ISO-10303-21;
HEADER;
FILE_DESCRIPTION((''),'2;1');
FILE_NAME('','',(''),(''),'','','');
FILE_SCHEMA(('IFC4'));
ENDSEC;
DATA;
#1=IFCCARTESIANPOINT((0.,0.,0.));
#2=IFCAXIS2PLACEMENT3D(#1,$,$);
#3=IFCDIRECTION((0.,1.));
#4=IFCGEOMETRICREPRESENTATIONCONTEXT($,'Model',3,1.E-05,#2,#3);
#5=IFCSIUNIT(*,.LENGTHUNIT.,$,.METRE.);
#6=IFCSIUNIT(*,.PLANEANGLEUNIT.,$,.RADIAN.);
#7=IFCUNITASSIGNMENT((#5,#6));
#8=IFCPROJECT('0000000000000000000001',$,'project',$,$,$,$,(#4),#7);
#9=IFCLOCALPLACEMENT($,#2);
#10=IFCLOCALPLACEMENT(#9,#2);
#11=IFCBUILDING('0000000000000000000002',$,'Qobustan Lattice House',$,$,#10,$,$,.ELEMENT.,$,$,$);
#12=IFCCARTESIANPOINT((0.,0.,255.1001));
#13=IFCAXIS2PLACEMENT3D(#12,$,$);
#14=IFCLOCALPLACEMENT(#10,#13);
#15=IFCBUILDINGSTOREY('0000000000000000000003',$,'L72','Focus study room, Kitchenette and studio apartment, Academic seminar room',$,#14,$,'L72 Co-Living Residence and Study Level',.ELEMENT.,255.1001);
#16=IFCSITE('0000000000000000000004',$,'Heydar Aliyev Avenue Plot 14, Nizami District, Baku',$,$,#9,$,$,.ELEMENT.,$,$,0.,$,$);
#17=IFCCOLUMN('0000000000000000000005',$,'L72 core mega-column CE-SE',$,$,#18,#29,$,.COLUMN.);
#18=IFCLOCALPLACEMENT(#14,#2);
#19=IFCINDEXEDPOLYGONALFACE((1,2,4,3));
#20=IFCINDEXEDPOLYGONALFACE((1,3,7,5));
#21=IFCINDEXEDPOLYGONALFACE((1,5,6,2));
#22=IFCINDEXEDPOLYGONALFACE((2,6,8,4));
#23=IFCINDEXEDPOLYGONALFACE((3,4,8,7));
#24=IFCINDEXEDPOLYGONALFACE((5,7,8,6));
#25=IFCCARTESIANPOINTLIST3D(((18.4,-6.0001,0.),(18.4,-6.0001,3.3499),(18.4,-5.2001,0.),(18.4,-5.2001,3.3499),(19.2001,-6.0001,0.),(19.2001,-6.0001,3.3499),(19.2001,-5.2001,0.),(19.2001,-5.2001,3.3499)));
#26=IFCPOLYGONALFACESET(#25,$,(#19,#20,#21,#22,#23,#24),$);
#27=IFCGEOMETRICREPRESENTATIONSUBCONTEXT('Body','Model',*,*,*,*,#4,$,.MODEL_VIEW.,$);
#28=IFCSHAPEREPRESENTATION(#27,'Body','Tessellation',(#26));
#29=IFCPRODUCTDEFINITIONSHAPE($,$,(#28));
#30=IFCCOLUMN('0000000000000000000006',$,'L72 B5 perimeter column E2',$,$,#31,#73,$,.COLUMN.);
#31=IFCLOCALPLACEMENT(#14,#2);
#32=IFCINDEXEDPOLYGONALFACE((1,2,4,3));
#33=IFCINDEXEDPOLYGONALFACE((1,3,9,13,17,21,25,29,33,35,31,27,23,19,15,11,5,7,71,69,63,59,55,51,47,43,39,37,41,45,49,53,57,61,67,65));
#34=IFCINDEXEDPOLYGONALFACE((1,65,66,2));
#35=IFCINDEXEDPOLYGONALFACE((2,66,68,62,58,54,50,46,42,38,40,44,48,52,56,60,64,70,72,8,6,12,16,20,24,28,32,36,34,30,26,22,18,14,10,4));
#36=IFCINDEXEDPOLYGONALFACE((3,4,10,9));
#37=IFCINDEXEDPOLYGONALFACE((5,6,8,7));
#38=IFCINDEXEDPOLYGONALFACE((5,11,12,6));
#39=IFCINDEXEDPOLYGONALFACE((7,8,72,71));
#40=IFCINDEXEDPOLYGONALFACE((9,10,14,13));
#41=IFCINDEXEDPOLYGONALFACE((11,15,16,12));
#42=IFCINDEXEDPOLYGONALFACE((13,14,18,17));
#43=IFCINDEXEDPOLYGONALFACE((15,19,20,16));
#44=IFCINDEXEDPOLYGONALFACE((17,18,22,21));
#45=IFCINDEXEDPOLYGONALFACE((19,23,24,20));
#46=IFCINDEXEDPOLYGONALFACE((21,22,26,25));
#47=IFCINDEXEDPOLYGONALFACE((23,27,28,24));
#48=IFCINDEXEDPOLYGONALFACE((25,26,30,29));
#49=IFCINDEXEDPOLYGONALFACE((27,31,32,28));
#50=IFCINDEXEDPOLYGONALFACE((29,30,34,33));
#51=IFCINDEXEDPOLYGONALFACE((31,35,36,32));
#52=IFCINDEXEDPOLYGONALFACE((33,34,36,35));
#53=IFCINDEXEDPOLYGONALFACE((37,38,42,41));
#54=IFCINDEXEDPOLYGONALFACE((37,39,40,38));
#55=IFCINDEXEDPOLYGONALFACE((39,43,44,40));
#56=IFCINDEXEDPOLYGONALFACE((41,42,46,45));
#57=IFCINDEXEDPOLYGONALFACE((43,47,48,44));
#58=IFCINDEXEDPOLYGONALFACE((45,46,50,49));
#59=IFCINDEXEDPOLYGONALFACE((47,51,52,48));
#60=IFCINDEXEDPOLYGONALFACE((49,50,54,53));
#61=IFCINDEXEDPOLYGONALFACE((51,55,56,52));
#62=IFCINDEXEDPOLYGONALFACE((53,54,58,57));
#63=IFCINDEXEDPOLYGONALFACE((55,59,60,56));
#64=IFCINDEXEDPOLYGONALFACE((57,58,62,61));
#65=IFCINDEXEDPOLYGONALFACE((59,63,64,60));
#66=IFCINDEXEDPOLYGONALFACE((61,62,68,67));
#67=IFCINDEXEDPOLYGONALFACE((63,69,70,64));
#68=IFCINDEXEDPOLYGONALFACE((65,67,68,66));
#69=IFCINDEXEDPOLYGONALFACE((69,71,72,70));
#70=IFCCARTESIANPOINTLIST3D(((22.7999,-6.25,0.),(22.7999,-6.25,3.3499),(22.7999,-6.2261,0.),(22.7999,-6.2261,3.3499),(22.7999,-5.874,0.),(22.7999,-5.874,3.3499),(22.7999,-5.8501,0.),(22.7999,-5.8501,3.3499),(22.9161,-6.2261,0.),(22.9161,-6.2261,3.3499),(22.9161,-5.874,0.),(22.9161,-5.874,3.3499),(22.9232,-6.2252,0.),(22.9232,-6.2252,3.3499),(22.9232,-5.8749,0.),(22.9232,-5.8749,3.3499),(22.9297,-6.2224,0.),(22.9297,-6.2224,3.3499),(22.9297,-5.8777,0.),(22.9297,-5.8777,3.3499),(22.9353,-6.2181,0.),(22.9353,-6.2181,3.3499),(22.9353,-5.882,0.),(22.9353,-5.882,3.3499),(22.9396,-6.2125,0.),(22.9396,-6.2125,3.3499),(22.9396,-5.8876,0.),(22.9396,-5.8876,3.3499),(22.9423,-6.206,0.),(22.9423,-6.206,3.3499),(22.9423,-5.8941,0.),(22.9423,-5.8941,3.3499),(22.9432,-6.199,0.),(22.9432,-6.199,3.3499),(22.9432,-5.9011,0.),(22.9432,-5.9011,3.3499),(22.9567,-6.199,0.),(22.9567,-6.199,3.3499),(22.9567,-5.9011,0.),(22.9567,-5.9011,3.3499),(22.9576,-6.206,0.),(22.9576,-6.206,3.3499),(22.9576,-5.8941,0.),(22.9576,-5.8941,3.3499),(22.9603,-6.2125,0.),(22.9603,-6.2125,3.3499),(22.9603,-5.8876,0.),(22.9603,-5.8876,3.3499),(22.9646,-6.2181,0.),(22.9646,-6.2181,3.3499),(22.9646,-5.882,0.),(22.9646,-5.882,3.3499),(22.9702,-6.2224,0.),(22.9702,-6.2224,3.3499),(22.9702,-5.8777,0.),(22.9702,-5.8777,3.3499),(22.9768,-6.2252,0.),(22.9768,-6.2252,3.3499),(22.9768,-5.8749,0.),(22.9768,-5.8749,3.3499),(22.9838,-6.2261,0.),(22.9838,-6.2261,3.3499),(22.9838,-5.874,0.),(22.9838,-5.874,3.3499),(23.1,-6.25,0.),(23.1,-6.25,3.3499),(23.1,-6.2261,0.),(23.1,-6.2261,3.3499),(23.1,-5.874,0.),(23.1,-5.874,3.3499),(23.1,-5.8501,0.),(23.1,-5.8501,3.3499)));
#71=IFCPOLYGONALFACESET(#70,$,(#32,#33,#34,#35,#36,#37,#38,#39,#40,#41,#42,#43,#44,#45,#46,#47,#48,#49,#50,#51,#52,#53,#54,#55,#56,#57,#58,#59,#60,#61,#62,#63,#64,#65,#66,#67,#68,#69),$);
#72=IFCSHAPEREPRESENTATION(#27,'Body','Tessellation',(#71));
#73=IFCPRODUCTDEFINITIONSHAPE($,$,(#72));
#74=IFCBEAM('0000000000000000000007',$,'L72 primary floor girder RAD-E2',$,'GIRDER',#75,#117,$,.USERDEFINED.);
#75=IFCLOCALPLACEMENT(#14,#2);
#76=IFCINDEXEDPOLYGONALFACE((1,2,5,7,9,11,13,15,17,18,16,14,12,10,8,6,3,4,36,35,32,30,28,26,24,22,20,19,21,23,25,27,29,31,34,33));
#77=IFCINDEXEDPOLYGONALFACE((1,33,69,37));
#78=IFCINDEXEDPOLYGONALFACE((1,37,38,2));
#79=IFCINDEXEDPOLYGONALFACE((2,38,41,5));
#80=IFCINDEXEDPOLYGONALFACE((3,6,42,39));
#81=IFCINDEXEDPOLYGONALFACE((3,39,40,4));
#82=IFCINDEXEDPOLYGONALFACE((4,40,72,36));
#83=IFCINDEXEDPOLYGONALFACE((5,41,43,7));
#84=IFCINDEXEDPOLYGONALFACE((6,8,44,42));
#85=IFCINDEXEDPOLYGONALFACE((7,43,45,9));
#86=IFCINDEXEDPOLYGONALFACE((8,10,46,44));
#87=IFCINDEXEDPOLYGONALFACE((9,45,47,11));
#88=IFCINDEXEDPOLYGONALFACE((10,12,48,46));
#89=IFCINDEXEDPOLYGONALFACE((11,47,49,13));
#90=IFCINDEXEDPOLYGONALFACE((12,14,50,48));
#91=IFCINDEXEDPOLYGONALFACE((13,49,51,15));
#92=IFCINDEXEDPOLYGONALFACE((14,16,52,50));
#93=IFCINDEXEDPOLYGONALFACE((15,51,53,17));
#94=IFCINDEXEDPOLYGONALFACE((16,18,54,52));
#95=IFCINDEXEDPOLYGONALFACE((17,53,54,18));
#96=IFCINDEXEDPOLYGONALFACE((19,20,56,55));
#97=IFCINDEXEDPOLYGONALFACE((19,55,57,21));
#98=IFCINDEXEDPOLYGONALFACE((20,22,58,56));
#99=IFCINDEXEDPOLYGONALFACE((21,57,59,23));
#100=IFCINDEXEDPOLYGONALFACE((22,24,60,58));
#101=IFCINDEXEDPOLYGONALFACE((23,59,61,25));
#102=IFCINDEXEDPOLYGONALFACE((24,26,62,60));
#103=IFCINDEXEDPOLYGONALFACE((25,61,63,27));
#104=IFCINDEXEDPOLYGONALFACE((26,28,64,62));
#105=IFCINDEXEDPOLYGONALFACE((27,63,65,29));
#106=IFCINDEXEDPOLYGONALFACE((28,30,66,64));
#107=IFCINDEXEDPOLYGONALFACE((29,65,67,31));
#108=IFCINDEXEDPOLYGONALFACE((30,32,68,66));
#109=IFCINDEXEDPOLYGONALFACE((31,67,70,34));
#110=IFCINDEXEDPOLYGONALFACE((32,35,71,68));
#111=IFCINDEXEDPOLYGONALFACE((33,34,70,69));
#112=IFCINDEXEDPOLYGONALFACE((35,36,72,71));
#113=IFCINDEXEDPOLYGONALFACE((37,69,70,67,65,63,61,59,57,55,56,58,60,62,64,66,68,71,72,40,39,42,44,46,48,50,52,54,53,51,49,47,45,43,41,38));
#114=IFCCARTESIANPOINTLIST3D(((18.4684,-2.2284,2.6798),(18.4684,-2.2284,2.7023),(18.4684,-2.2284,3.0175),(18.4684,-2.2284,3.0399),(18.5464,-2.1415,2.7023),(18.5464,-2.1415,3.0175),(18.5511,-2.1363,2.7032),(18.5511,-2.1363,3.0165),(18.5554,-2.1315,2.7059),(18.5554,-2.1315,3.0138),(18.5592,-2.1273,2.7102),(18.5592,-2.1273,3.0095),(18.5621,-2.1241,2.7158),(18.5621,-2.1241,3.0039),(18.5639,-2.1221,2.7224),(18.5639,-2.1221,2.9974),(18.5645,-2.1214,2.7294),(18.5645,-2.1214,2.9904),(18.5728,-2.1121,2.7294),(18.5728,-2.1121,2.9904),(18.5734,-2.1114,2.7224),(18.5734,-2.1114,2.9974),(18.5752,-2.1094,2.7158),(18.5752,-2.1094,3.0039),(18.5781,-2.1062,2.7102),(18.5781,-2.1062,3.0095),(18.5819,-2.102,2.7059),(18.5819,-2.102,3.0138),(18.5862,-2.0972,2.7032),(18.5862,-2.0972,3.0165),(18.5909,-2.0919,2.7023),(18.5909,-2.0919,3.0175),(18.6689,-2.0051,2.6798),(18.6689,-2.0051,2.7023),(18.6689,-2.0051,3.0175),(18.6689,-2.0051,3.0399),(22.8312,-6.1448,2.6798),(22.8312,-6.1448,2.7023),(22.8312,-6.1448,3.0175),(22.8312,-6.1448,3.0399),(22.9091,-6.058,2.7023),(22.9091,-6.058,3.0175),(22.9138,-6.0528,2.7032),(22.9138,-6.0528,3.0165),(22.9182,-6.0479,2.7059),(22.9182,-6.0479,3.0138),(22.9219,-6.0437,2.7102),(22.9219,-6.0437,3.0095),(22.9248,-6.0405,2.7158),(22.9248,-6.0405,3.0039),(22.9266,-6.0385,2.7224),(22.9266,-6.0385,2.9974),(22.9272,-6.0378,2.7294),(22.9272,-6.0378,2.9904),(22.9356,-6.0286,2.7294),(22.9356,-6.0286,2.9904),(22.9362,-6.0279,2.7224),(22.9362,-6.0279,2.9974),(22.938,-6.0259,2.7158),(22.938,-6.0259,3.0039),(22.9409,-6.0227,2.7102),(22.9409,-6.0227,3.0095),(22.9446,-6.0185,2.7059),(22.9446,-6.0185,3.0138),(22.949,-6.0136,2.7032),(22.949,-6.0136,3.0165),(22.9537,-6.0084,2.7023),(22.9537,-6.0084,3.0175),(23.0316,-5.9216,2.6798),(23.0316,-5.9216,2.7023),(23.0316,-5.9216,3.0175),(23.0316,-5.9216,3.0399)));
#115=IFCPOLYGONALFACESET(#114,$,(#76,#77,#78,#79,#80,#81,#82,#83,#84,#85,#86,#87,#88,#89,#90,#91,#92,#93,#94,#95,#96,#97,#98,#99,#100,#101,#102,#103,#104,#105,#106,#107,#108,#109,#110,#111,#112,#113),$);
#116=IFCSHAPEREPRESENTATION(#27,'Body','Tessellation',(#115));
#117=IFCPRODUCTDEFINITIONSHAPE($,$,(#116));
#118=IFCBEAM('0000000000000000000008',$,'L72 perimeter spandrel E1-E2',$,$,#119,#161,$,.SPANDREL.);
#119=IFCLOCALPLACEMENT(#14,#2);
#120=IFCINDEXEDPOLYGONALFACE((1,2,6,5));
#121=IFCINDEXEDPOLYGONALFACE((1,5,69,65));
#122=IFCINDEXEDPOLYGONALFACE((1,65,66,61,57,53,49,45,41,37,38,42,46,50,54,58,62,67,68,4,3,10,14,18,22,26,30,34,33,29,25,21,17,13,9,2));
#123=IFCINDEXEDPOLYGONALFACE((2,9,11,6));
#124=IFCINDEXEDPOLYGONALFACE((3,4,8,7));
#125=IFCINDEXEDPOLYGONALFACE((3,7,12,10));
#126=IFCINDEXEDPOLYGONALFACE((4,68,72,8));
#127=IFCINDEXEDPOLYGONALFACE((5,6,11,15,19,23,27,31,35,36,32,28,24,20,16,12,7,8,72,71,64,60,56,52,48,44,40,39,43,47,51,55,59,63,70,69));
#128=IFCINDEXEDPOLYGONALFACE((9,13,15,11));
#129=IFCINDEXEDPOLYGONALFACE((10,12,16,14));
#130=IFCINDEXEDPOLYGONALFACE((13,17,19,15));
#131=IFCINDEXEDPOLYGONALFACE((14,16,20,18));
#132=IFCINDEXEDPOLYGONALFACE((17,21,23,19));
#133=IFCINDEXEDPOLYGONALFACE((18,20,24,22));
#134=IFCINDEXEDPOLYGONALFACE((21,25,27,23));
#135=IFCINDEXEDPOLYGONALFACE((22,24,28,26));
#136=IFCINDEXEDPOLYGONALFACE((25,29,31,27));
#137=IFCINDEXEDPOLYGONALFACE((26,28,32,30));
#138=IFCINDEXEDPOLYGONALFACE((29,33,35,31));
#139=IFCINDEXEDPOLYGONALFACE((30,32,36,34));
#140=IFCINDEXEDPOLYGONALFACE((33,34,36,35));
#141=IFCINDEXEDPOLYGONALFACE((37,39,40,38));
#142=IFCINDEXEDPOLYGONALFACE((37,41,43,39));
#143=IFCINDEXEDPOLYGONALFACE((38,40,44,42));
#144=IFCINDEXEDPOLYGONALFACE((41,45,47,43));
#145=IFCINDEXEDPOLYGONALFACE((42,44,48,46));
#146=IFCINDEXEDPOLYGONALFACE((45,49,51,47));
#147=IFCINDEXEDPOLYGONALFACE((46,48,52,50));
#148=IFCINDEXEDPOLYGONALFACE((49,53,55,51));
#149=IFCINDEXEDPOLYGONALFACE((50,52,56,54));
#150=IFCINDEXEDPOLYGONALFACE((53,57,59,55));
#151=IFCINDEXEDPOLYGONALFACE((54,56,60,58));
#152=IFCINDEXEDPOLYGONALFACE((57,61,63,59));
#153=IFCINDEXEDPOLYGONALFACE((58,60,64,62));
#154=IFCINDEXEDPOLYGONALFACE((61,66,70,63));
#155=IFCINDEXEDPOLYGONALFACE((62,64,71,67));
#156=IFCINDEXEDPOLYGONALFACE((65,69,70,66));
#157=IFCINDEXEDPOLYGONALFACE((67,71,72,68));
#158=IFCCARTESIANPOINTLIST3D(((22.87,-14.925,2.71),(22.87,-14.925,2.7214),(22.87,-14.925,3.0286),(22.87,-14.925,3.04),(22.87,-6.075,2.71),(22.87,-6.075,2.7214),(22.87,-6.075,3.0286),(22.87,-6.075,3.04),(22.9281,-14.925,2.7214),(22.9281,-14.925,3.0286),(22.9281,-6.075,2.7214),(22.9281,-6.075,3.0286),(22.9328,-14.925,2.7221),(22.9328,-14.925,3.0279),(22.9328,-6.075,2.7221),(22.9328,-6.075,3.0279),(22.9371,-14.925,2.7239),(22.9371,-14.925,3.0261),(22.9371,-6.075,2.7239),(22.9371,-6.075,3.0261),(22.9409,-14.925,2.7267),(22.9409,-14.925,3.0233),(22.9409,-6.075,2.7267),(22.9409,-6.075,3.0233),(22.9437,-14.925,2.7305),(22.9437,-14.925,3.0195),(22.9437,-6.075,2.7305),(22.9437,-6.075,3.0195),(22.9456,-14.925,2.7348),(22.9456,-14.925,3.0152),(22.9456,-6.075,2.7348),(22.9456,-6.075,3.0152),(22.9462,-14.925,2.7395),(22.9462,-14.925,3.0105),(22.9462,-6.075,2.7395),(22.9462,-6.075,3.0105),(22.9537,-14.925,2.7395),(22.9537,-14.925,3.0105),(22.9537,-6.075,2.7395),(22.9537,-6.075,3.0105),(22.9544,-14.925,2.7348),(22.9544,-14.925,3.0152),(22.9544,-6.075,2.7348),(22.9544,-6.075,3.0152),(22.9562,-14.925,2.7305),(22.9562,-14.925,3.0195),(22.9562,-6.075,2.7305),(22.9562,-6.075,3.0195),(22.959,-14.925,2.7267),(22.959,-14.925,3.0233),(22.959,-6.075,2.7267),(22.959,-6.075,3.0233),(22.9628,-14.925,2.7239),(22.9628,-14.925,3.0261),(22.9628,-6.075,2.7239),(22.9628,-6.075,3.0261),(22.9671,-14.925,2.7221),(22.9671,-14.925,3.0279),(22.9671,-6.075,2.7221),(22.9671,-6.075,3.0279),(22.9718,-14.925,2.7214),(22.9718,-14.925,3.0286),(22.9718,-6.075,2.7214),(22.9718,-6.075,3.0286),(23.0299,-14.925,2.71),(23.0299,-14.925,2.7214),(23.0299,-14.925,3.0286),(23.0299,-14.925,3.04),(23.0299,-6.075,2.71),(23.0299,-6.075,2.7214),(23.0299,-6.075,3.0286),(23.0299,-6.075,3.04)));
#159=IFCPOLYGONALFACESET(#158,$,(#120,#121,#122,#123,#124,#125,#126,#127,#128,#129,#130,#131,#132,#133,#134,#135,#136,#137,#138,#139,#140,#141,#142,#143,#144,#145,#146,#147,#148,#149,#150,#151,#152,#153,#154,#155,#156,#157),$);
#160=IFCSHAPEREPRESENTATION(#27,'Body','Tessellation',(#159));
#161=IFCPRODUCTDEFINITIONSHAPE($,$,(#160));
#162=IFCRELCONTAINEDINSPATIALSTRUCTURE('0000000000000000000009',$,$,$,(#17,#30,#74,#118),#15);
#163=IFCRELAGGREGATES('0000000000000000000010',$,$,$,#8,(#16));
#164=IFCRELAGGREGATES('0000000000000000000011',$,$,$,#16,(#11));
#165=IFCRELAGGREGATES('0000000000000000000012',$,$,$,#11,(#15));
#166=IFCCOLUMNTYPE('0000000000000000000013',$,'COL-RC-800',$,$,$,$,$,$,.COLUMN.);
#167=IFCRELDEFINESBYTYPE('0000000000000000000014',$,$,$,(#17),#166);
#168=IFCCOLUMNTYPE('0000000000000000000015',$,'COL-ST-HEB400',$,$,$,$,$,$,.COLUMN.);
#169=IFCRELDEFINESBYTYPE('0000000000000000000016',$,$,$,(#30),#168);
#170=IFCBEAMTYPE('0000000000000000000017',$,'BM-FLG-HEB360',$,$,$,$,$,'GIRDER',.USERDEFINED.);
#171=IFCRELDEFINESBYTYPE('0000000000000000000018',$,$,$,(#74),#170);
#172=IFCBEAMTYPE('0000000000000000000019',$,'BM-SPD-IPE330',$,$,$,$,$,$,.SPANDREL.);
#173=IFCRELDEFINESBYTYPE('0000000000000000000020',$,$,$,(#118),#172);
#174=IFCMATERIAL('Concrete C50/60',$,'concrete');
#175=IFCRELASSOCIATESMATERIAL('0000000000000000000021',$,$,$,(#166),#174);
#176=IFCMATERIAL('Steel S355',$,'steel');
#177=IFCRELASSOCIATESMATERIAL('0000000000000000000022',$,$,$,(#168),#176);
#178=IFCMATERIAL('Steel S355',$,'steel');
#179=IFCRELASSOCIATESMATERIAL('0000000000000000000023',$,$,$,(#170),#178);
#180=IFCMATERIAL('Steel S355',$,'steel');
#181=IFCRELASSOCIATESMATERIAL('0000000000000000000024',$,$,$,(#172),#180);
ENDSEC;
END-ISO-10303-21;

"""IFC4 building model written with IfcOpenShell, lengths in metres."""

from ifc_helpers import new_model, si_unit, direction, frame, origin, origin_2d, place, context, subcontext, project, spatial, rectangle, i_section, extrude, material, material_profile, profile_set, type_object, element, save


model = new_model("IFC4")

# Units and contexts
model_context = context("Model", 3, precision=1e-05, world=origin(), true_north=direction((0.0, 1.0)))
body_context = subcontext(model_context, "Body", "Model", "MODEL_VIEW")
ifc_project = project(units=[si_unit("LENGTHUNIT", "METRE"), si_unit("PLANEANGLEUNIT", "RADIAN")], contexts=[model_context])

# Site, building, storey
site_placement = place(None, origin())
site = spatial("IfcSite", under=ifc_project, at=site_placement, Name="Heydar Aliyev Avenue Plot 14, Nizami District, Baku", CompositionType="ELEMENT", RefElevation=0.0)
building_placement = place(site_placement, origin())
building = spatial("IfcBuilding", under=site, at=building_placement, Name="Qobustan Lattice House", CompositionType="ELEMENT")
storey_placement = place(building_placement, frame((0.0, 0.0, 255.1001)))
storey = spatial("IfcBuildingStorey", under=building, at=storey_placement, Name="L72", Description="Focus study room, Kitchenette and studio apartment, Academic seminar room", LongName="L72 Co-Living Residence and Study Level", CompositionType="ELEMENT", Elevation=255.1001)

# Columns
ifc_material_1 = material(Name="Concrete C50/60", Category="concrete")
ifc_material_profile_1 = material_profile(ifc_material_1, rectangle(XDim=0.8, YDim=0.8, at=origin_2d()), Name="RC800x800")
ifc_profile_set_1 = profile_set([ifc_material_profile_1], Name="Concrete C50/60")
column_type_1 = type_object("IfcColumnType", Name="COL-RC-800", PredefinedType="COLUMN", material=ifc_profile_set_1)
column_1_placement = place(storey_placement, frame((18.8, -5.6001, 0.0), z_axis=(0.0, 0.0, 1.0), x_axis=(1.0, 0.0, 0.0)))
element("IfcColumn", 1, at=column_1_placement, inside=storey, type_object=column_type_1, Name="L72 core mega-column CE-SE", PredefinedType="COLUMN", context=body_context, shape_type="SweptSolid", body=[
    extrude(rectangle(XDim=0.8, YDim=0.8, at=origin_2d()), origin(), (0.0, 0.0, 1.0), 3.3499),
])
ifc_material_2 = material(Name="Steel S355", Category="steel")
ifc_material_profile_2 = material_profile(ifc_material_2, i_section(OverallWidth=0.3, OverallDepth=0.3999, WebThickness=0.0134, FlangeThickness=0.0239, FilletRadius=0.0271, at=origin_2d()), Name="HEB400")
ifc_profile_set_2 = profile_set([ifc_material_profile_2], Name="Steel S355")
column_type_2 = type_object("IfcColumnType", Name="COL-ST-HEB400", PredefinedType="COLUMN", material=ifc_profile_set_2)
column_2_placement = place(storey_placement, frame((22.95, -6.05, 0.0), z_axis=(0.0, 0.0, 1.0), x_axis=(1.0, 0.0, 0.0)))
element("IfcColumn", 2, at=column_2_placement, inside=storey, type_object=column_type_2, Name="L72 B5 perimeter column E2", PredefinedType="COLUMN", context=body_context, shape_type="SweptSolid", body=[
    extrude(i_section(OverallWidth=0.3, OverallDepth=0.3999, WebThickness=0.0134, FlangeThickness=0.0239, FilletRadius=0.0271, at=origin_2d()), origin(), (0.0, 0.0, 1.0), 3.3499),
])

# Beams
ifc_material_3 = material(Name="Steel S355", Category="steel")
ifc_material_profile_3 = material_profile(ifc_material_3, i_section(OverallWidth=0.3, OverallDepth=0.3601, WebThickness=0.0125, FlangeThickness=0.0225, FilletRadius=0.0271, at=origin_2d()), Name="HEB360")
ifc_profile_set_3 = profile_set([ifc_material_profile_3], Name="Steel S355")
beam_type_1 = type_object("IfcBeamType", Name="BM-FLG-HEB360", ElementType="GIRDER", PredefinedType="USERDEFINED", material=ifc_profile_set_3)
beam_1_placement = place(storey_placement, frame((22.9314, -6.0332, 2.8599), z_axis=(-0.744142, 0.668021, 0.0), x_axis=(-0.668021, -0.744142, 0.0)))
element("IfcBeam", 3, at=beam_1_placement, inside=storey, type_object=beam_type_1, Name="L72 primary floor girder RAD-E2", ObjectType="GIRDER", PredefinedType="USERDEFINED", context=body_context, shape_type="SweptSolid", body=[
    extrude(i_section(OverallWidth=0.3, OverallDepth=0.3601, WebThickness=0.0125, FlangeThickness=0.0225, FilletRadius=0.0271, at=origin_2d()), origin(), (0.0, 0.0, 1.0), 5.8628),
])
ifc_material_4 = material(Name="Steel S355", Category="steel")
ifc_material_profile_4 = material_profile(ifc_material_4, i_section(OverallWidth=0.1599, OverallDepth=0.3301, WebThickness=0.0076, FlangeThickness=0.0115, FilletRadius=0.0181, at=origin_2d()), Name="IPE330")
ifc_profile_set_4 = profile_set([ifc_material_profile_4], Name="Steel S355")
beam_type_2 = type_object("IfcBeamType", Name="BM-SPD-IPE330", PredefinedType="SPANDREL", material=ifc_profile_set_4)
beam_2_placement = place(storey_placement, frame((22.95, -14.925, 2.875), z_axis=(0.0, 1.0, 0.0), x_axis=(-1.0, 0.0, 0.0)))
element("IfcBeam", 4, at=beam_2_placement, inside=storey, type_object=beam_type_2, Name="L72 perimeter spandrel E1-E2", PredefinedType="SPANDREL", context=body_context, shape_type="SweptSolid", body=[
    extrude(i_section(OverallWidth=0.1599, OverallDepth=0.3301, WebThickness=0.0076, FlangeThickness=0.0115, FilletRadius=0.0181, at=origin_2d()), origin(), (0.0, 0.0, 1.0), 8.8501),
])

save(model, "model.ifc")
